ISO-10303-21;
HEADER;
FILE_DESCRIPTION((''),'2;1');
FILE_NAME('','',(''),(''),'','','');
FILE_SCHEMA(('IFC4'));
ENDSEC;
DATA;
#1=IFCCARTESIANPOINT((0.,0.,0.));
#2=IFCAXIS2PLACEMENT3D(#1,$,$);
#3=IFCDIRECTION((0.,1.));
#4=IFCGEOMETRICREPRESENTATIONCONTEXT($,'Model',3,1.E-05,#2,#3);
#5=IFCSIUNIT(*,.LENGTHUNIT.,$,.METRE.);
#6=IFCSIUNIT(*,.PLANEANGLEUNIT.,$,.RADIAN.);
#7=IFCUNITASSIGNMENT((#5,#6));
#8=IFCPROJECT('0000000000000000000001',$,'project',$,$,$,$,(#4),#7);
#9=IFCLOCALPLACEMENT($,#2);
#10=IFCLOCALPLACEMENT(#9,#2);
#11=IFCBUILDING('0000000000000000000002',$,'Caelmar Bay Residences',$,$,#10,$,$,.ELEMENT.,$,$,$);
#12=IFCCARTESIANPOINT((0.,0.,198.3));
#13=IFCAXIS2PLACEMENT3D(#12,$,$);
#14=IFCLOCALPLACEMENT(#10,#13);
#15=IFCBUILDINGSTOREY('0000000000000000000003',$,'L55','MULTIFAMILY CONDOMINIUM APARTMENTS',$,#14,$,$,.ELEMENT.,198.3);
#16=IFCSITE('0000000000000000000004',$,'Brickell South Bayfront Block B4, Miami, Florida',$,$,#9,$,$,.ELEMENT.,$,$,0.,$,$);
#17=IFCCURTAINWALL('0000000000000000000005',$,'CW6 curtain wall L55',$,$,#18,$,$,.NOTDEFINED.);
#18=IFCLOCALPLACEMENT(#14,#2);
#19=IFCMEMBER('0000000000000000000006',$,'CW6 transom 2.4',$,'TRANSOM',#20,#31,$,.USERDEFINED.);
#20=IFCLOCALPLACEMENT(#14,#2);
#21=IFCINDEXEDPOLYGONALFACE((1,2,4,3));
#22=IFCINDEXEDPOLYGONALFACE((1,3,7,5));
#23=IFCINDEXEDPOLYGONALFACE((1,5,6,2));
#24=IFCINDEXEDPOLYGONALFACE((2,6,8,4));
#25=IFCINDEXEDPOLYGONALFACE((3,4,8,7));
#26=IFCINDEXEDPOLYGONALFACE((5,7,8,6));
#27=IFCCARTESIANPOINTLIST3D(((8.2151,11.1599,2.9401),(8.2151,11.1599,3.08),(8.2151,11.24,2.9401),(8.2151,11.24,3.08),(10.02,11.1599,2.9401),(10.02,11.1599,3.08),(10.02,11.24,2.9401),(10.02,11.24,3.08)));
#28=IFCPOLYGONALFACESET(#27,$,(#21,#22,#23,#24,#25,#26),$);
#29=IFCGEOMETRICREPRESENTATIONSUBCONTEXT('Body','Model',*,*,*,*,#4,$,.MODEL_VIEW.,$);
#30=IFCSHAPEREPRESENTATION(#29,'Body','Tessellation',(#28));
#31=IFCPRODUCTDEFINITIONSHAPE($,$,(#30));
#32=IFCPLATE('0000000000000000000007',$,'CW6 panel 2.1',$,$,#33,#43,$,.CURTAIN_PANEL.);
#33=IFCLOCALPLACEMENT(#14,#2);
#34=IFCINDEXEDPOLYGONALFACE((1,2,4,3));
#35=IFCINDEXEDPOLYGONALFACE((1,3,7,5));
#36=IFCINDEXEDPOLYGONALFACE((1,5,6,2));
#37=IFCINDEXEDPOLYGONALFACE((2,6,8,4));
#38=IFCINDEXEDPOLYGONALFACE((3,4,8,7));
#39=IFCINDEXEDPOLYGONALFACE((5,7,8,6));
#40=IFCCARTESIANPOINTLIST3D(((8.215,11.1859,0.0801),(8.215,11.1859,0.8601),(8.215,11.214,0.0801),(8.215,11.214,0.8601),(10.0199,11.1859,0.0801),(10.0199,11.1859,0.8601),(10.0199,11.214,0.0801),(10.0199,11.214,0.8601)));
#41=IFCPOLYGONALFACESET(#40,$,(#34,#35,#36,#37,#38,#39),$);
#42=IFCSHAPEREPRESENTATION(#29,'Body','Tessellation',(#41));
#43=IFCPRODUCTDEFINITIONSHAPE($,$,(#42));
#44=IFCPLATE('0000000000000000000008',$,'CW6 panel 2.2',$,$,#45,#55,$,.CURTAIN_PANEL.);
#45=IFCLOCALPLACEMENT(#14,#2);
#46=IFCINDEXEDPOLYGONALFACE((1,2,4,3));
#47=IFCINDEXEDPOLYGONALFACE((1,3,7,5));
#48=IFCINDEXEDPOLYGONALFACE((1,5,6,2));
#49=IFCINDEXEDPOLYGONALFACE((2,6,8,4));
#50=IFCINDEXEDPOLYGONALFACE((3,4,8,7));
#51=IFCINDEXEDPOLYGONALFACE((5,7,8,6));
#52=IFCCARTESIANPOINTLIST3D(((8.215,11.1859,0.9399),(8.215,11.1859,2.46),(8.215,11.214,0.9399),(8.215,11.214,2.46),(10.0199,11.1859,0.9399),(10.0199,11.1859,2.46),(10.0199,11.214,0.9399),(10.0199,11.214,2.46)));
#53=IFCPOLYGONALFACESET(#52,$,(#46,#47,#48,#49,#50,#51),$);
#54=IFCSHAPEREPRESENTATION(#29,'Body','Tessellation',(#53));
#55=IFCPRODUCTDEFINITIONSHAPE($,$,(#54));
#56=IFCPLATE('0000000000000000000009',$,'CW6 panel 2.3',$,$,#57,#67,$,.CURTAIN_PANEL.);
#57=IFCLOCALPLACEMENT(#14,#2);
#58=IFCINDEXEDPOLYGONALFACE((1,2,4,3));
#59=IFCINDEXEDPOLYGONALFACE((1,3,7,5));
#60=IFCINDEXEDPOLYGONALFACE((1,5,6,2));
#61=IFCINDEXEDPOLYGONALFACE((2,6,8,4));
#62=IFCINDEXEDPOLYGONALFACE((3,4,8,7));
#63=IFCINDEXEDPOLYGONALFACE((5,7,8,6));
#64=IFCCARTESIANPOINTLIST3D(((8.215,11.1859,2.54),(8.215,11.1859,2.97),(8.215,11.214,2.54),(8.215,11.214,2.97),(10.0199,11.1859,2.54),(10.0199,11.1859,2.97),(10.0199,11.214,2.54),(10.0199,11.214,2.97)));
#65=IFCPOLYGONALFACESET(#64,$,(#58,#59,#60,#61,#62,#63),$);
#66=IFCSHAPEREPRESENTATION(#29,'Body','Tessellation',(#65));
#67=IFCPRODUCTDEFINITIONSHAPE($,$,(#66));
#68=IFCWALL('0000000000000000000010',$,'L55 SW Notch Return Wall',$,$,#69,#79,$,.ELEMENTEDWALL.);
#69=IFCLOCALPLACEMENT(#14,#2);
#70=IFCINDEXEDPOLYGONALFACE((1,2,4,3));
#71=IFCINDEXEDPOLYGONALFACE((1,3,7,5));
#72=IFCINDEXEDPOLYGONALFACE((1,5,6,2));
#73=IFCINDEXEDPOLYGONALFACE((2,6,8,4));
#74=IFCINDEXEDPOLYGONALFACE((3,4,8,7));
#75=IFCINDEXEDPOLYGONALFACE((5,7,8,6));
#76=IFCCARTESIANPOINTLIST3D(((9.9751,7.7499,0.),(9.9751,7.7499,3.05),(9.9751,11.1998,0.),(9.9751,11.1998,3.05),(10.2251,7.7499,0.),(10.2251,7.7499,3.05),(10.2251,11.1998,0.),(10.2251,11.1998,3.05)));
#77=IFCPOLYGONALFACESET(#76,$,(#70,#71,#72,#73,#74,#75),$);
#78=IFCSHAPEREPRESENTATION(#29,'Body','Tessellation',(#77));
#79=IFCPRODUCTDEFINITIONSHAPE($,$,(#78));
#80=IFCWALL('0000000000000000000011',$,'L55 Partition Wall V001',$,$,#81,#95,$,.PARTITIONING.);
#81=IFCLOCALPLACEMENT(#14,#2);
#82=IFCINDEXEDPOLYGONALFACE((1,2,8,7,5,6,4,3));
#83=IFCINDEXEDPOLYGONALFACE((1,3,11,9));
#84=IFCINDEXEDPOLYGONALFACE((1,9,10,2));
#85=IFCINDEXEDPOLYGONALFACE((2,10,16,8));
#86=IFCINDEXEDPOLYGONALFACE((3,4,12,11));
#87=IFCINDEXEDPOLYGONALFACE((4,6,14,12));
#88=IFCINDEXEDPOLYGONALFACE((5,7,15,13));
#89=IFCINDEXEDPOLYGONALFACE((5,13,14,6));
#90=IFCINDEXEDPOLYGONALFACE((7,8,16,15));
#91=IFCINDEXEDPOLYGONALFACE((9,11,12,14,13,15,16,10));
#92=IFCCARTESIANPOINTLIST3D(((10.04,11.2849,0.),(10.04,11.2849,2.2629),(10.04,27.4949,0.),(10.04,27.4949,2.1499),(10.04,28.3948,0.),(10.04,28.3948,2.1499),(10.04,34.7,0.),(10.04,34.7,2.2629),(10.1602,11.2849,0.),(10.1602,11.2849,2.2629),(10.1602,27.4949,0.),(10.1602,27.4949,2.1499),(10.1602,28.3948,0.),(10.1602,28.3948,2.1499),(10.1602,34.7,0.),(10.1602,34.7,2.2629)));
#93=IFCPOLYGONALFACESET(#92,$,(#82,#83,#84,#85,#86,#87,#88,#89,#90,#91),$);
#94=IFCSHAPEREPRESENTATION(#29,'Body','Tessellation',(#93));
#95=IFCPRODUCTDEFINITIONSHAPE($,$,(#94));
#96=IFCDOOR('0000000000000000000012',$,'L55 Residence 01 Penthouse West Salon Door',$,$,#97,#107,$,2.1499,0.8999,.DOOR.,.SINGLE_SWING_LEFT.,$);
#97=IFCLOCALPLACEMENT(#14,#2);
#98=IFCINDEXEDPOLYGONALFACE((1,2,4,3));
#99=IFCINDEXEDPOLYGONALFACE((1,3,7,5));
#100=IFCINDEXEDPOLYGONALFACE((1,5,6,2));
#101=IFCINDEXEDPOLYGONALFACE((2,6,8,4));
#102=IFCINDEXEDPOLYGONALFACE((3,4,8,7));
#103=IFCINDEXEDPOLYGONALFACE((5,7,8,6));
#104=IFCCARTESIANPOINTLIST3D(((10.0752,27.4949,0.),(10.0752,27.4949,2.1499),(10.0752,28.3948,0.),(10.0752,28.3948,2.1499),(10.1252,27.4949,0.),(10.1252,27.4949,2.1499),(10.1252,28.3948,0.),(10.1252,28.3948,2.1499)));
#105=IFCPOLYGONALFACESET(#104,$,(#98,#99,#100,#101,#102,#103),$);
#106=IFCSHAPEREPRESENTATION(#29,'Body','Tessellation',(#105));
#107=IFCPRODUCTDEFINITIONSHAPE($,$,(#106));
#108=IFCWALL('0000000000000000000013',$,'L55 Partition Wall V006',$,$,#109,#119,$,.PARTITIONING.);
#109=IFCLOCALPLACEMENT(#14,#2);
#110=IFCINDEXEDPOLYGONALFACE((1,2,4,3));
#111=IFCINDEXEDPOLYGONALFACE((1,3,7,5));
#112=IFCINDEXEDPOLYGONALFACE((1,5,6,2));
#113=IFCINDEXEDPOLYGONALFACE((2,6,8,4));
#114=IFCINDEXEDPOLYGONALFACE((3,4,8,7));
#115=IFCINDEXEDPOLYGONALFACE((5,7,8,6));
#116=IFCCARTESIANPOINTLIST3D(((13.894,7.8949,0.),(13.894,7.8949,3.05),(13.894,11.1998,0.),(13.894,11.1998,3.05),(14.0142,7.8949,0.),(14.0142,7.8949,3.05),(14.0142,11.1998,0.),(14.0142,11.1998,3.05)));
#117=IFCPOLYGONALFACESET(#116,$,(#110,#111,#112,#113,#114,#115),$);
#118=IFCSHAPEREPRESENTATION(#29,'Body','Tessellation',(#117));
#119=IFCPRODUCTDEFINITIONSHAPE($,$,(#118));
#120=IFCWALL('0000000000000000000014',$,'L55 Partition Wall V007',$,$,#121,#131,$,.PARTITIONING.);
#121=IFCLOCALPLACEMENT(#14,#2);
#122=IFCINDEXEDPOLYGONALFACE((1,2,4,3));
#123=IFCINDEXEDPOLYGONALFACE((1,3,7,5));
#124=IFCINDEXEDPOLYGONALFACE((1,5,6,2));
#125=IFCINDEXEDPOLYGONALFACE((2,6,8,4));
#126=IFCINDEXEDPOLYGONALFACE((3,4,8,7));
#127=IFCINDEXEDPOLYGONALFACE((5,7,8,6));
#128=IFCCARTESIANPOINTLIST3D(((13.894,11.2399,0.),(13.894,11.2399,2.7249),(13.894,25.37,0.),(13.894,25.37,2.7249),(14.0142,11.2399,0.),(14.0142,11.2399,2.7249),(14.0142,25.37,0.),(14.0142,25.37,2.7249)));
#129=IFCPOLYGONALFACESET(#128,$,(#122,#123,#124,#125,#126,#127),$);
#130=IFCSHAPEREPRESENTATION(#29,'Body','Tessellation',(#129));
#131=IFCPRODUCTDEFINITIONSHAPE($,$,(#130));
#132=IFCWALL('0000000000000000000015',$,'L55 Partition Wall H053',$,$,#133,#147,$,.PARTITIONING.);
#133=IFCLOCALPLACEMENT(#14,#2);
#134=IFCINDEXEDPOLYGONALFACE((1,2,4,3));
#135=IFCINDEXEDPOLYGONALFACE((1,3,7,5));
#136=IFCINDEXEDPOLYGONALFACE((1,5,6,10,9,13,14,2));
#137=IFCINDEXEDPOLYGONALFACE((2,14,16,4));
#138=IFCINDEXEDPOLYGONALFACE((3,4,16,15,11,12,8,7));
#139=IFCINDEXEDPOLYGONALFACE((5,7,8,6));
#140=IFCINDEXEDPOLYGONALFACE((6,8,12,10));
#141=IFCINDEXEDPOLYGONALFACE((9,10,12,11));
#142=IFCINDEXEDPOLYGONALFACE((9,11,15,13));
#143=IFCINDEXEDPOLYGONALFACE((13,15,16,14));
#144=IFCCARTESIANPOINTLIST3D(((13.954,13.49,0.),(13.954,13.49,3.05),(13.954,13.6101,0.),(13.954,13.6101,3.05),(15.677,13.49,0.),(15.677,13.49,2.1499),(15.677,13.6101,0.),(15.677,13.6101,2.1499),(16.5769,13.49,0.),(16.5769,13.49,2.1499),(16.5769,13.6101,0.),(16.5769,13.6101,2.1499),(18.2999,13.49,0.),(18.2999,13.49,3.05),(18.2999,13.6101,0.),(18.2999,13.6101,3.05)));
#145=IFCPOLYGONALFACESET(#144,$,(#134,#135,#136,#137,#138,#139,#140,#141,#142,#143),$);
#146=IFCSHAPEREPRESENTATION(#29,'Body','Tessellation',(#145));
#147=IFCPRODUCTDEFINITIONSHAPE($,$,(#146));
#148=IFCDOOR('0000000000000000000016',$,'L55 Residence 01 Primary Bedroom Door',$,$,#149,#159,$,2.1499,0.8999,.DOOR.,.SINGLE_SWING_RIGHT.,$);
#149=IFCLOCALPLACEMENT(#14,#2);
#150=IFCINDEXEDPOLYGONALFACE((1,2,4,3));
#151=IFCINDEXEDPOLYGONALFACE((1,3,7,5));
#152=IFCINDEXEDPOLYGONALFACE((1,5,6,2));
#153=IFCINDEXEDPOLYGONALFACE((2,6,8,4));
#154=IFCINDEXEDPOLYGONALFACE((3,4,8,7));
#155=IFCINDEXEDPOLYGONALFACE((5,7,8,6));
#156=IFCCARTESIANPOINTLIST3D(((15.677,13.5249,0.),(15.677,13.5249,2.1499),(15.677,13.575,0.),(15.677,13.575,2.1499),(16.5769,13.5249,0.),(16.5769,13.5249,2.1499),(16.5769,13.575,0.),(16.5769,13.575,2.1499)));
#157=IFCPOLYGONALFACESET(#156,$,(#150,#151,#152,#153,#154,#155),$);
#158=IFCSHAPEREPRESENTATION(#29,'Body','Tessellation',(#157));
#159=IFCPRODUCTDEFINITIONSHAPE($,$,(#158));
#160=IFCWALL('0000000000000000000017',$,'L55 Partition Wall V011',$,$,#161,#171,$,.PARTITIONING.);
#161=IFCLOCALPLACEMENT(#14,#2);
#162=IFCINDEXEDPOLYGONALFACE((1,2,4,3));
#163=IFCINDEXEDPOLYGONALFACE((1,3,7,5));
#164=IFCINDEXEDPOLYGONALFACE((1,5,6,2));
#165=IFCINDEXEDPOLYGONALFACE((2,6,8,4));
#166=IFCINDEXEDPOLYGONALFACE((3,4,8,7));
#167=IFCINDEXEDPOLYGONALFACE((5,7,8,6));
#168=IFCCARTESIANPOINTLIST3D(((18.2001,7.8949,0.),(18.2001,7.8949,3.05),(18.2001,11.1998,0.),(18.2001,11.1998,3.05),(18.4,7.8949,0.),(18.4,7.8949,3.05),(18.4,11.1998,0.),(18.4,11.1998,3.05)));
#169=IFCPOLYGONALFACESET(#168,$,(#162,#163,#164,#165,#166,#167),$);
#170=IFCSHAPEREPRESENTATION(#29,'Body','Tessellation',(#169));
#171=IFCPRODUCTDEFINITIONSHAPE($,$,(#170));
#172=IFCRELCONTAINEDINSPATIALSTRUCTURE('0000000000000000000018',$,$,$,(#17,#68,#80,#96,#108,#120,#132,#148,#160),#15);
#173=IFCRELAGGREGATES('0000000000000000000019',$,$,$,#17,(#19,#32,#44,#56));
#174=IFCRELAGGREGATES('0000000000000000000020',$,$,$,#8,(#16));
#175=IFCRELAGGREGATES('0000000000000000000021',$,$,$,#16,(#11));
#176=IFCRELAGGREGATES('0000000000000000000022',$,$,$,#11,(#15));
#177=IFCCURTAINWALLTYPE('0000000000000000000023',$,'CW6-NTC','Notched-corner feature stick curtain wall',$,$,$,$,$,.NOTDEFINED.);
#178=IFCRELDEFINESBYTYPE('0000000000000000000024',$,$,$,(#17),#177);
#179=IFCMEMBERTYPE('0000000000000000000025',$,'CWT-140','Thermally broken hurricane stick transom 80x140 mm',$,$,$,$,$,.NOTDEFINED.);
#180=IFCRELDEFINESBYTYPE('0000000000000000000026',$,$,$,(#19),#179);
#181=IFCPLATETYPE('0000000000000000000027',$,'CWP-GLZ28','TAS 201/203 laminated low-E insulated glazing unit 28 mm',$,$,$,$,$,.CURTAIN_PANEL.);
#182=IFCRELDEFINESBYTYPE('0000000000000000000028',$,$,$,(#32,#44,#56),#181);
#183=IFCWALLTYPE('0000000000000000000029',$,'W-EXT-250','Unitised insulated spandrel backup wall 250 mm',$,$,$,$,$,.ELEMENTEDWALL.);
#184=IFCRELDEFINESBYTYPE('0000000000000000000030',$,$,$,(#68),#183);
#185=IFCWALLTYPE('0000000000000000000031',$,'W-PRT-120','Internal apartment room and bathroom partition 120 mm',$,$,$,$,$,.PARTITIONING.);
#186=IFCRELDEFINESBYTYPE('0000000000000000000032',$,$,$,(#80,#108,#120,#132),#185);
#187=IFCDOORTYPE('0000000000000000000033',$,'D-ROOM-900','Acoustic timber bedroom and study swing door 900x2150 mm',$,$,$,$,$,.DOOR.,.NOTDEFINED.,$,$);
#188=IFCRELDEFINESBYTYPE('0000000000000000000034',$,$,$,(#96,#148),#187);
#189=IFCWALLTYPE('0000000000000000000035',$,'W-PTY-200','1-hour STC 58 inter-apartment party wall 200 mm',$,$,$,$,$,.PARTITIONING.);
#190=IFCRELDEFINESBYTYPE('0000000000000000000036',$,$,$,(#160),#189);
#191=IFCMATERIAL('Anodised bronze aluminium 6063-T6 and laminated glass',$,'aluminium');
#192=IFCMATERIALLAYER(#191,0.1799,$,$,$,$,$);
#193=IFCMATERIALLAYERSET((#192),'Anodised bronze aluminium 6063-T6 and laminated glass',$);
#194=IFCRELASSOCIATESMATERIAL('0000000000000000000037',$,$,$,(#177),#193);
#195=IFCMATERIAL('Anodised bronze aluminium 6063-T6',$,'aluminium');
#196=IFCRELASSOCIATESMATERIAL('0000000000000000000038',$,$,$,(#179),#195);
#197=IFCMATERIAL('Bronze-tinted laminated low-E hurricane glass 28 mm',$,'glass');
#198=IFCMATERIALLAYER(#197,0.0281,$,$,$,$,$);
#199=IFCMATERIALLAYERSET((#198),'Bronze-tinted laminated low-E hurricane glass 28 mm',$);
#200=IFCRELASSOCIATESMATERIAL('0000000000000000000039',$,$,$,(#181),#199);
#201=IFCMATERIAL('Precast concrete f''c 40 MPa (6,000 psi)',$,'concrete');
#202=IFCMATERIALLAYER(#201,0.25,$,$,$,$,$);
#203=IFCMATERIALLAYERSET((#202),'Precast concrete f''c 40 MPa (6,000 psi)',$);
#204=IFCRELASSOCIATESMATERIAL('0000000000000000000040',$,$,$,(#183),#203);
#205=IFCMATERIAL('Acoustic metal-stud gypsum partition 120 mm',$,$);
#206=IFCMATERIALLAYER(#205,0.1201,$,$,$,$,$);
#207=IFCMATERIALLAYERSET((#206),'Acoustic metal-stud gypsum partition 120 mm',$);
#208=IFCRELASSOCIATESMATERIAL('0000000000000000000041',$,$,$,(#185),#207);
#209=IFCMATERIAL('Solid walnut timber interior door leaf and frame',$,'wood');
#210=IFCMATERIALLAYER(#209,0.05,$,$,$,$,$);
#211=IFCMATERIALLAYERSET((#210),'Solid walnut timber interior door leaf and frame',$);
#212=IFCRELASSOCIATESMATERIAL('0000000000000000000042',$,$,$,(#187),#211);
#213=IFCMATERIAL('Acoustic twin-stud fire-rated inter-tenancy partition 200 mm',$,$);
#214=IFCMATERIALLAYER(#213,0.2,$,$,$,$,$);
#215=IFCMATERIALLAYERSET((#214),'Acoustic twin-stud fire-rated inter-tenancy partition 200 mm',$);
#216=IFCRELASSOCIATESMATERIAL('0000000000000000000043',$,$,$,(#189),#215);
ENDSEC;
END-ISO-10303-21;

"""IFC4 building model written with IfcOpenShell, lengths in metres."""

from ifc_helpers import new_model, si_unit, direction, frame, frame_2d, origin, origin_2d, place, context, subcontext, project, spatial, rectangle, extrude, material, layer, layer_set, material_profile, profile_set, type_object, element, fill, aggregate, save


model = new_model("IFC4")

# Units and contexts
model_context = context("Model", 3, precision=1e-05, world=origin(), true_north=direction((0.0, 1.0)))
body_context = subcontext(model_context, "Body", "Model", "MODEL_VIEW")
ifc_project = project(units=[si_unit("LENGTHUNIT", "METRE"), si_unit("PLANEANGLEUNIT", "RADIAN")], contexts=[model_context])

# Site, building, storey
site_placement = place(None, origin())
site = spatial("IfcSite", under=ifc_project, at=site_placement, Name="Brickell South Bayfront Block B4, Miami, Florida", CompositionType="ELEMENT", RefElevation=0.0)
building_placement = place(site_placement, origin())
building = spatial("IfcBuilding", under=site, at=building_placement, Name="Caelmar Bay Residences", CompositionType="ELEMENT")
storey_placement = place(building_placement, frame((0.0, 0.0, 198.3)))
storey = spatial("IfcBuildingStorey", under=building, at=storey_placement, Name="L55", Description="MULTIFAMILY CONDOMINIUM APARTMENTS", CompositionType="ELEMENT", Elevation=198.3)

# Curtain wall, member, plates
ifc_material_1 = material(Name="Anodised bronze aluminium 6063-T6 and laminated glass", Category="aluminium")
ifc_layer_1 = layer(ifc_material_1, 0.1799)
ifc_layer_set_1 = layer_set([ifc_layer_1], Name="Anodised bronze aluminium 6063-T6 and laminated glass")
curtain_wall_type = type_object("IfcCurtainWallType", Name="CW6-NTC", Description="Notched-corner feature stick curtain wall", PredefinedType="NOTDEFINED", material=ifc_layer_set_1)
curtain_wall_placement = place(storey_placement, origin())
curtain_wall = element("IfcCurtainWall", 1, at=curtain_wall_placement, inside=storey, type_object=curtain_wall_type, Name="CW6 curtain wall L55", PredefinedType="NOTDEFINED")
ifc_material_2 = material(Name="Anodised bronze aluminium 6063-T6", Category="aluminium")
ifc_material_profile_1 = material_profile(ifc_material_2, rectangle(XDim=0.0801, YDim=0.1399, at=origin_2d()), Name="CWT-80X140")
ifc_profile_set_1 = profile_set([ifc_material_profile_1], Name="Anodised bronze aluminium 6063-T6")
member_type_1 = type_object("IfcMemberType", Name="CWT-140", Description="Thermally broken hurricane stick transom 80x140 mm", PredefinedType="NOTDEFINED", material=ifc_profile_set_1)
member_1_placement = place(storey_placement, frame((8.2151, 11.2, 3.01), z_axis=(1.0, 0.0, 0.0), x_axis=(0.0, 1.0, 0.0)))
member_1 = element("IfcMember", 2, at=member_1_placement, type_object=member_type_1, Name="CW6 transom 2.4", ObjectType="TRANSOM", PredefinedType="USERDEFINED", context=body_context, shape_type="SweptSolid", body=[
    extrude(rectangle(XDim=0.0801, YDim=0.1399, at=origin_2d()), origin(), (0.0, 0.0, 1.0), 1.8049),
])
ifc_material_3 = material(Name="Bronze-tinted laminated low-E hurricane glass 28 mm", Category="glass")
ifc_layer_2 = layer(ifc_material_3, 0.0281)
ifc_layer_set_2 = layer_set([ifc_layer_2], Name="Bronze-tinted laminated low-E hurricane glass 28 mm")
plate_type = type_object("IfcPlateType", Name="CWP-GLZ28", Description="TAS 201/203 laminated low-E insulated glazing unit 28 mm", PredefinedType="CURTAIN_PANEL", material=ifc_layer_set_2)
plate_1_placement = place(storey_placement, frame((9.1174, 11.2, 0.0801), z_axis=(0.0, 0.0, 1.0), x_axis=(1.0, 0.0, 0.0)))
plate_1 = element("IfcPlate", 3, at=plate_1_placement, type_object=plate_type, Name="CW6 panel 2.1", PredefinedType="CURTAIN_PANEL", context=body_context, shape_type="SweptSolid", body=[
    extrude(rectangle(XDim=1.8049, YDim=0.0281, at=origin_2d()), origin(), (0.0, 0.0, 1.0), 0.78),
])
plate_2_placement = place(storey_placement, frame((9.1174, 11.2, 0.9399), z_axis=(0.0, 0.0, 1.0), x_axis=(1.0, 0.0, 0.0)))
plate_2 = element("IfcPlate", 4, at=plate_2_placement, type_object=plate_type, Name="CW6 panel 2.2", PredefinedType="CURTAIN_PANEL", context=body_context, shape_type="SweptSolid", body=[
    extrude(rectangle(XDim=1.8049, YDim=0.0281, at=origin_2d()), origin(), (0.0, 0.0, 1.0), 1.52),
])
plate_3_placement = place(storey_placement, frame((9.1174, 11.2, 2.54), z_axis=(0.0, 0.0, 1.0), x_axis=(1.0, 0.0, 0.0)))
plate_3 = element("IfcPlate", 5, at=plate_3_placement, type_object=plate_type, Name="CW6 panel 2.3", PredefinedType="CURTAIN_PANEL", context=body_context, shape_type="SweptSolid", body=[
    extrude(rectangle(XDim=1.8049, YDim=0.0281, at=origin_2d()), origin(), (0.0, 0.0, 1.0), 0.4299),
])
aggregate(curtain_wall, [member_1, plate_1, plate_2, plate_3])

# Wall
ifc_material_4 = material(Name="Precast concrete f'c 40 MPa (6,000 psi)", Category="concrete")
ifc_layer_3 = layer(ifc_material_4, 0.25)
ifc_layer_set_3 = layer_set([ifc_layer_3], Name="Precast concrete f'c 40 MPa (6,000 psi)")
wall_type_1 = type_object("IfcWallType", Name="W-EXT-250", Description="Unitised insulated spandrel backup wall 250 mm", PredefinedType="ELEMENTEDWALL", material=ifc_layer_set_3)
wall_1_placement = place(storey_placement, frame((10.1001, 11.2, 0.0), z_axis=(0.0, 0.0, 1.0), x_axis=(0.0, -1.0, 0.0)))
element("IfcWall", 6, at=wall_1_placement, inside=storey, type_object=wall_type_1, Name="L55 SW Notch Return Wall", PredefinedType="ELEMENTEDWALL", context=body_context, shape_type="SweptSolid", body=[
    extrude(rectangle(XDim=3.45, YDim=0.25, at=frame_2d((1.7251, 0.0))), origin(), (0.0, 0.0, 1.0), 3.05),
])

# Wall, opening, door
ifc_material_5 = material(Name="Acoustic metal-stud gypsum partition 120 mm")
ifc_layer_4 = layer(ifc_material_5, 0.1201)
ifc_layer_set_4 = layer_set([ifc_layer_4], Name="Acoustic metal-stud gypsum partition 120 mm")
wall_type_2 = type_object("IfcWallType", Name="W-PRT-120", Description="Internal apartment room and bathroom partition 120 mm", PredefinedType="PARTITIONING", material=ifc_layer_set_4)
wall_2_placement = place(storey_placement, frame((10.1001, 11.2849, 0.0), z_axis=(0.0, 0.0, 1.0), x_axis=(0.0, 1.0, 0.0)))
wall_2 = element("IfcWall", 7, at=wall_2_placement, inside=storey, type_object=wall_type_2, Name="L55 Partition Wall V001", PredefinedType="PARTITIONING", context=body_context, shape_type="SweptSolid", body=[
    extrude(rectangle(XDim=23.415, YDim=0.1201, at=frame_2d((11.7075, 0.0))), origin(), (0.0, 0.0, 1.0), 2.2629),
])
opening_1_placement = place(wall_2_placement, frame((16.21, 0.0, 0.0)))
opening_1 = element("IfcOpeningElement", 8, at=opening_1_placement, cuts=wall_2, PredefinedType="OPENING", context=body_context, shape_type="SweptSolid", body=[
    extrude(rectangle(XDim=0.8999, YDim=2.1499, at=frame_2d((0.45, 1.075))), frame((0.0, 0.0701, 0.0), z_axis=(0.0, -1.0, 0.0), x_axis=(1.0, 0.0, 0.0)), (0.0, 0.0, 1.0), 0.1401),
])
ifc_material_6 = material(Name="Solid walnut timber interior door leaf and frame", Category="wood")
ifc_layer_5 = layer(ifc_material_6, 0.05)
ifc_layer_set_5 = layer_set([ifc_layer_5], Name="Solid walnut timber interior door leaf and frame")
door_type = type_object("IfcDoorType", Name="D-ROOM-900", Description="Acoustic timber bedroom and study swing door 900x2150 mm", OperationType="NOTDEFINED", PredefinedType="DOOR", material=ifc_layer_set_5)
door_1_placement = place(opening_1_placement, origin())
door_1 = element("IfcDoor", 9, at=door_1_placement, inside=storey, type_object=door_type, Name="L55 Residence 01 Penthouse West Salon Door", OperationType="SINGLE_SWING_LEFT", OverallHeight=2.1499, OverallWidth=0.8999, PredefinedType="DOOR", context=body_context, shape_type="SweptSolid", body=[
    extrude(rectangle(XDim=0.8999, YDim=2.1499, at=frame_2d((0.45, 1.075))), frame((0.0, 0.0249, 0.0), z_axis=(0.0, -1.0, 0.0), x_axis=(1.0, 0.0, 0.0)), (0.0, 0.0, 1.0), 0.05),
])
fill(opening_1, door_1)

# Walls
wall_3_placement = place(storey_placement, frame((13.9541, 7.895, 0.0), z_axis=(0.0, 0.0, 1.0), x_axis=(0.0, 1.0, 0.0)))
element("IfcWall", 10, at=wall_3_placement, inside=storey, type_object=wall_type_2, Name="L55 Partition Wall V006", PredefinedType="PARTITIONING", context=body_context, shape_type="SweptSolid", body=[
    extrude(rectangle(XDim=3.3049, YDim=0.1201, at=frame_2d((1.6523, 0.0))), origin(), (0.0, 0.0, 1.0), 3.05),
])
wall_4_placement = place(storey_placement, frame((13.9541, 11.24, 0.0), z_axis=(0.0, 0.0, 1.0), x_axis=(0.0, 1.0, 0.0)))
element("IfcWall", 11, at=wall_4_placement, inside=storey, type_object=wall_type_2, Name="L55 Partition Wall V007", PredefinedType="PARTITIONING", context=body_context, shape_type="SweptSolid", body=[
    extrude(rectangle(XDim=14.1301, YDim=0.1201, at=frame_2d((7.0649, 0.0))), origin(), (0.0, 0.0, 1.0), 2.7249),
])

# Wall, opening, door
wall_5_placement = place(storey_placement, frame((13.9541, 13.55, 0.0), z_axis=(0.0, 0.0, 1.0), x_axis=(1.0, 0.0, 0.0)))
wall_5 = element("IfcWall", 12, at=wall_5_placement, inside=storey, type_object=wall_type_2, Name="L55 Partition Wall H053", PredefinedType="PARTITIONING", context=body_context, shape_type="SweptSolid", body=[
    extrude(rectangle(XDim=4.3459, YDim=0.1201, at=frame_2d((2.1729, 0.0))), origin(), (0.0, 0.0, 1.0), 3.05),
])
opening_2_placement = place(wall_5_placement, frame((1.7229, 0.0, 0.0)))
opening_2 = element("IfcOpeningElement", 13, at=opening_2_placement, cuts=wall_5, PredefinedType="OPENING", context=body_context, shape_type="SweptSolid", body=[
    extrude(rectangle(XDim=0.8999, YDim=2.1499, at=frame_2d((0.45, 1.075))), frame((0.0, 0.0701, 0.0), z_axis=(0.0, -1.0, 0.0), x_axis=(1.0, 0.0, 0.0)), (0.0, 0.0, 1.0), 0.1401),
])
door_2_placement = place(opening_2_placement, origin())
door_2 = element("IfcDoor", 14, at=door_2_placement, inside=storey, type_object=door_type, Name="L55 Residence 01 Primary Bedroom Door", OperationType="SINGLE_SWING_RIGHT", OverallHeight=2.1499, OverallWidth=0.8999, PredefinedType="DOOR", context=body_context, shape_type="SweptSolid", body=[
    extrude(rectangle(XDim=0.8999, YDim=2.1499, at=frame_2d((0.45, 1.075))), frame((0.0, 0.0249, 0.0), z_axis=(0.0, -1.0, 0.0), x_axis=(1.0, 0.0, 0.0)), (0.0, 0.0, 1.0), 0.05),
])
fill(opening_2, door_2)

# Wall
ifc_material_7 = material(Name="Acoustic twin-stud fire-rated inter-tenancy partition 200 mm")
ifc_layer_6 = layer(ifc_material_7, 0.2)
ifc_layer_set_6 = layer_set([ifc_layer_6], Name="Acoustic twin-stud fire-rated inter-tenancy partition 200 mm")
wall_type_3 = type_object("IfcWallType", Name="W-PTY-200", Description="1-hour STC 58 inter-apartment party wall 200 mm", PredefinedType="PARTITIONING", material=ifc_layer_set_6)
wall_6_placement = place(storey_placement, frame((18.3, 7.895, 0.0), z_axis=(0.0, 0.0, 1.0), x_axis=(0.0, 1.0, 0.0)))
element("IfcWall", 15, at=wall_6_placement, inside=storey, type_object=wall_type_3, Name="L55 Partition Wall V011", PredefinedType="PARTITIONING", context=body_context, shape_type="SweptSolid", body=[
    extrude(rectangle(XDim=3.3049, YDim=0.2, at=frame_2d((1.6523, 0.0))), origin(), (0.0, 0.0, 1.0), 3.05),
])

save(model, "model.ifc")
